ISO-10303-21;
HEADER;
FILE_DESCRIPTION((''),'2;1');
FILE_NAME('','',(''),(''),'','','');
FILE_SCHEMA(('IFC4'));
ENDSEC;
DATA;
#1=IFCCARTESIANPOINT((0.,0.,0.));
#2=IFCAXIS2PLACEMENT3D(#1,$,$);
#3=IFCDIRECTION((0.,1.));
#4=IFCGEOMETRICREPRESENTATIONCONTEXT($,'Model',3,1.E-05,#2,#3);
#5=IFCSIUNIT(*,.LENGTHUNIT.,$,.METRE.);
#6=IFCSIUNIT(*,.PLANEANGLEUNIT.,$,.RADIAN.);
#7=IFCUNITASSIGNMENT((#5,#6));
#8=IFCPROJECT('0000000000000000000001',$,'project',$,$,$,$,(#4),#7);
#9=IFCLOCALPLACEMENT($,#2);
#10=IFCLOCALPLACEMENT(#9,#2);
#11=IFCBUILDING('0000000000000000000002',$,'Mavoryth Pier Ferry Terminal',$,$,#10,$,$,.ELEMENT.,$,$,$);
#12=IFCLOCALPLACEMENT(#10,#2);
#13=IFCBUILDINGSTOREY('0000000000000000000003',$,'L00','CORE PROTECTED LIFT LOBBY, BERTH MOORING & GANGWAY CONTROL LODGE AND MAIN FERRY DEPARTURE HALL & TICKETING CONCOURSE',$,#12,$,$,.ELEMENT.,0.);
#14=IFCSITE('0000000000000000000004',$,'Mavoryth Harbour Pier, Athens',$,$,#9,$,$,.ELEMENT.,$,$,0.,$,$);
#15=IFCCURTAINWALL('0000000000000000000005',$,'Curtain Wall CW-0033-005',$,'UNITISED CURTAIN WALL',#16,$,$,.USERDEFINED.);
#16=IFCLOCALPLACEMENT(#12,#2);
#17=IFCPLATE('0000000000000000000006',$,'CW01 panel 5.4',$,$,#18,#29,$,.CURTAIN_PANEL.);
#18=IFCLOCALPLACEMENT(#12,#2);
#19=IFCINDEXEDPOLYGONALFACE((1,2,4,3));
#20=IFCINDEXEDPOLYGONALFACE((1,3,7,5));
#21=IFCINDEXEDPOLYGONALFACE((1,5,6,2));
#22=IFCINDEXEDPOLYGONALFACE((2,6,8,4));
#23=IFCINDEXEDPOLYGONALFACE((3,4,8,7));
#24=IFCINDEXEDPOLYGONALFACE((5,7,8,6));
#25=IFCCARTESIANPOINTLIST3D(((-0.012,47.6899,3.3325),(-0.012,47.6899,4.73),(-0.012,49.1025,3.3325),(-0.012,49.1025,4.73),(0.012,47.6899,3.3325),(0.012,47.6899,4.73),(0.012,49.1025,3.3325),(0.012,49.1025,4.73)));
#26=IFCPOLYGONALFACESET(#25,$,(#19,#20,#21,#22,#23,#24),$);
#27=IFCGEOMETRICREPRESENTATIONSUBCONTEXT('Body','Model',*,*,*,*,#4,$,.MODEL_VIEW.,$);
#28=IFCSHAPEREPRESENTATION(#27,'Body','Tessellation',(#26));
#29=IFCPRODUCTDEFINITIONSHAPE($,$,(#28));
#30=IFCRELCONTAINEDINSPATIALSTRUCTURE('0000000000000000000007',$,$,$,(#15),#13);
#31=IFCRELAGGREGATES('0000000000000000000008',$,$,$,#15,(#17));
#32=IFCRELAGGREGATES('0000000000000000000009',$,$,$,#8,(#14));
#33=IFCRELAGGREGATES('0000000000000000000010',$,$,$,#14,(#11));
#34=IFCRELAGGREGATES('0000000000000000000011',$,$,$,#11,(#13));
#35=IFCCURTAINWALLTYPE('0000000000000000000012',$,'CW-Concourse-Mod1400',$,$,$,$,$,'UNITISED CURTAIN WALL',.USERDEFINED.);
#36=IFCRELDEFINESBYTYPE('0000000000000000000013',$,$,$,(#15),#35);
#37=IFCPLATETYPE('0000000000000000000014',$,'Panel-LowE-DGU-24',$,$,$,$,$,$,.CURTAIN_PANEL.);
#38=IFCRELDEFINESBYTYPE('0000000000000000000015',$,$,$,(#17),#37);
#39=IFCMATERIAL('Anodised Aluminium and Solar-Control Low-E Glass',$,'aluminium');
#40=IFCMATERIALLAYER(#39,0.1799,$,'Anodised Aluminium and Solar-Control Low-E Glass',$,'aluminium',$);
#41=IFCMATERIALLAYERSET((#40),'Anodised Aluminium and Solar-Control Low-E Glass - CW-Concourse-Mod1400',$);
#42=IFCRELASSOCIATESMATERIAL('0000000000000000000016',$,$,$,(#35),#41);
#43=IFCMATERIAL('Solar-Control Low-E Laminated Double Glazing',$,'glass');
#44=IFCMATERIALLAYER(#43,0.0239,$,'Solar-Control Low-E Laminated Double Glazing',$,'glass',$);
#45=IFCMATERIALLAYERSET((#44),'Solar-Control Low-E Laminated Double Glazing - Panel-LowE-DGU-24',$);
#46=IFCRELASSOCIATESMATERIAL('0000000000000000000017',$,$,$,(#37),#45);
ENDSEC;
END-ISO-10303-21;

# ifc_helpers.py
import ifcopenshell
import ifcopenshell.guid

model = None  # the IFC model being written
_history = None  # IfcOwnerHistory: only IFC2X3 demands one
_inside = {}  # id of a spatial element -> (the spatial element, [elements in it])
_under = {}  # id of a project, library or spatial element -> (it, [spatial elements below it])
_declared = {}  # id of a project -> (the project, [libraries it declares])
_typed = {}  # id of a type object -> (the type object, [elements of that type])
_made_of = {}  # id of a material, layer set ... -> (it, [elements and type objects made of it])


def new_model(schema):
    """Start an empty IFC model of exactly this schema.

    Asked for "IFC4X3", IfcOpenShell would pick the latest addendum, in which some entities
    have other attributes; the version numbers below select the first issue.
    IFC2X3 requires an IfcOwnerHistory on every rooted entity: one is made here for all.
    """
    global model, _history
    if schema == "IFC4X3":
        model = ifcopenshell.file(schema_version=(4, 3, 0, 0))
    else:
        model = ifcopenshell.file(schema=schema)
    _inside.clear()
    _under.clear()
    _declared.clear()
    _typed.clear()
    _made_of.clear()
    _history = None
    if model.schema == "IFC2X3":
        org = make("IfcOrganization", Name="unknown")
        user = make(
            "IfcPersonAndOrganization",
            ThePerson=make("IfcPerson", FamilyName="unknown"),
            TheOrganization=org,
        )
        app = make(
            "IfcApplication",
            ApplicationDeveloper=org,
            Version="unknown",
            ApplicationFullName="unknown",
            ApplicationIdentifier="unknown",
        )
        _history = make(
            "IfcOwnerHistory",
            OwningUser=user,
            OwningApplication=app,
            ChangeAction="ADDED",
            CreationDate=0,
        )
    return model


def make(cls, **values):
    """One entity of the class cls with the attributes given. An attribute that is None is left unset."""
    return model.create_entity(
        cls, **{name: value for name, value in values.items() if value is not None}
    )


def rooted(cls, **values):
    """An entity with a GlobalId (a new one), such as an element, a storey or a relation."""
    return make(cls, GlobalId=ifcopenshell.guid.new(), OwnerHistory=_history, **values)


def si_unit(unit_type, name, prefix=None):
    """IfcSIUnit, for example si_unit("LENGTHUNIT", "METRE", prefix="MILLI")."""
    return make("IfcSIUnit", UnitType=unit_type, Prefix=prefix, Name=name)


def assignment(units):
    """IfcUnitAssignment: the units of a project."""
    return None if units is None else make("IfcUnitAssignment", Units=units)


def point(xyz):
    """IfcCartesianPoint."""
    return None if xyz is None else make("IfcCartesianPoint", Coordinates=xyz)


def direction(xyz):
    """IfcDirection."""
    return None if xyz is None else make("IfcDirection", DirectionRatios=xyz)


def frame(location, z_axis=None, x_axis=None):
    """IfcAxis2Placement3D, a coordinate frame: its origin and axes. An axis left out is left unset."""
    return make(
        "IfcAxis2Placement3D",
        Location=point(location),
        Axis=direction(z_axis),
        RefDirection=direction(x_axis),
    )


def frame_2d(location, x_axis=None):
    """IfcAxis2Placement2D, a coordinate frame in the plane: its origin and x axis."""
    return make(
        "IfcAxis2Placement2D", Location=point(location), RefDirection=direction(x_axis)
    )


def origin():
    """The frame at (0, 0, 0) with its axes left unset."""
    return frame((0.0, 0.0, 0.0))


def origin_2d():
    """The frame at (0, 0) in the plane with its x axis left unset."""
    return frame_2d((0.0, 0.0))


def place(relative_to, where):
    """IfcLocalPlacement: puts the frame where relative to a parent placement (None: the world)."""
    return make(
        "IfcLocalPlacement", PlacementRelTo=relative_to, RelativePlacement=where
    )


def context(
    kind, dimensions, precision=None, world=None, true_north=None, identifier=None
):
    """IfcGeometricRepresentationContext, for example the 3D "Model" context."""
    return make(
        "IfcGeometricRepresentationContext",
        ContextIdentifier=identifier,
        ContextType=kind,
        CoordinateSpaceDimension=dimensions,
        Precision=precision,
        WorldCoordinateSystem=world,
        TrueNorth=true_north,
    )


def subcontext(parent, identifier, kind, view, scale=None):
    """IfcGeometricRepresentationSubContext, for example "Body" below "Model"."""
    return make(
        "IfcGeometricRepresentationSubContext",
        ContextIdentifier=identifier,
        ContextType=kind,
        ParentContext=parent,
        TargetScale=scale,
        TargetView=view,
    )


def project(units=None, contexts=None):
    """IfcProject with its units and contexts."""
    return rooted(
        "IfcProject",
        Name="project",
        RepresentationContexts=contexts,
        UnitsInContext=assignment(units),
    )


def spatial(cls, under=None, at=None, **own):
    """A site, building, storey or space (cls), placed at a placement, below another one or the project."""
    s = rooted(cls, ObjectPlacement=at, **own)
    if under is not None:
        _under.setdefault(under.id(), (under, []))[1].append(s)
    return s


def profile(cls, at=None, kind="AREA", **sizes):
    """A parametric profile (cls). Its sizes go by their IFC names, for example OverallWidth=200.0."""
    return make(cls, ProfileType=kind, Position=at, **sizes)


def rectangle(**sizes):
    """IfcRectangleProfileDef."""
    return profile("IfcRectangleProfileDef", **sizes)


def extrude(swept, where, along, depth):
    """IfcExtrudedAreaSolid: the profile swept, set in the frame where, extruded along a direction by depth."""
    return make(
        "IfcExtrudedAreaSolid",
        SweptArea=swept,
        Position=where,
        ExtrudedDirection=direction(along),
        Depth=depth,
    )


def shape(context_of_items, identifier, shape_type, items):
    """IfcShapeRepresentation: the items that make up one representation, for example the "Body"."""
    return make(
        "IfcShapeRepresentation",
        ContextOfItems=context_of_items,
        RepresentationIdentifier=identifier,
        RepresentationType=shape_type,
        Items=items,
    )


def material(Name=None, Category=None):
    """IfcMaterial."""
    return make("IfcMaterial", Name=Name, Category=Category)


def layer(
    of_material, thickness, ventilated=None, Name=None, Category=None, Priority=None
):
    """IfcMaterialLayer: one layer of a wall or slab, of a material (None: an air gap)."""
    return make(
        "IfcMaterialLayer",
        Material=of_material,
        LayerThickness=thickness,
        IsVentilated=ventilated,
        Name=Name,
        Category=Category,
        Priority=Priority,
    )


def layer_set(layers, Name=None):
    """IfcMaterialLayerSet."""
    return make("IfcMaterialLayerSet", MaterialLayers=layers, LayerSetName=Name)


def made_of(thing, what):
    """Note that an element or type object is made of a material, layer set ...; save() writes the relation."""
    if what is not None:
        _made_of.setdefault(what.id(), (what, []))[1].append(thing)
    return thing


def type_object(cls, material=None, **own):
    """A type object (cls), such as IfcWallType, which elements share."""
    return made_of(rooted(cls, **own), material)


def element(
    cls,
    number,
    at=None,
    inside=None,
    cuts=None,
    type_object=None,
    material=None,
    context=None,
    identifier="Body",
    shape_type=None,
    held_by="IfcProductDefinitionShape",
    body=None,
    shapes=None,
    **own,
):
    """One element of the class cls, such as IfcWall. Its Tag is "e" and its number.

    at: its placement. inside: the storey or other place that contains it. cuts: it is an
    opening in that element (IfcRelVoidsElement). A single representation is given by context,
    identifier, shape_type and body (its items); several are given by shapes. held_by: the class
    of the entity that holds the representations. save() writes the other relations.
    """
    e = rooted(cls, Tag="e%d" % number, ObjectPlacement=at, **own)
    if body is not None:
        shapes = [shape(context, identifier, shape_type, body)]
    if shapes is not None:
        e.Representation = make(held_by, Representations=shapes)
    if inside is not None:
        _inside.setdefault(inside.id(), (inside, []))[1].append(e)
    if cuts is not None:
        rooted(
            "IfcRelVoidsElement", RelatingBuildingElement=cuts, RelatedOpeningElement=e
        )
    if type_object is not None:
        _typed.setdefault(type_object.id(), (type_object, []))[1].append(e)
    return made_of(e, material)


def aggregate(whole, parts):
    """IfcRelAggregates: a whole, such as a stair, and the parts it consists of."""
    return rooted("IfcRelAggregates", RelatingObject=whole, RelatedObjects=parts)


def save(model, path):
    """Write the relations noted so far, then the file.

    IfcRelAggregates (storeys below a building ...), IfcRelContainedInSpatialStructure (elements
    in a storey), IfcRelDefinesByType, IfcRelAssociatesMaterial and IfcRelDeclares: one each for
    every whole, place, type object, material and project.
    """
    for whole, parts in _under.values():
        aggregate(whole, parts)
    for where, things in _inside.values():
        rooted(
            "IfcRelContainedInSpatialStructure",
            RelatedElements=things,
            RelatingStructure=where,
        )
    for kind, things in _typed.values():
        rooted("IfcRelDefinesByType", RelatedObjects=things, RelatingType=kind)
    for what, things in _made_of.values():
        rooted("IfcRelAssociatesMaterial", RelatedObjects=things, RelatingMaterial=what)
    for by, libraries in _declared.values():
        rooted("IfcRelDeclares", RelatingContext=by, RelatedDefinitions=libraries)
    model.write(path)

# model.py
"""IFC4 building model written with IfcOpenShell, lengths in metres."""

from ifc_helpers import new_model, si_unit, direction, frame, origin, origin_2d, place, context, subcontext, project, spatial, rectangle, extrude, material, layer, layer_set, type_object, element, aggregate, save


model = new_model("IFC4")

# Units and contexts
model_context = context("Model", 3, precision=1e-05, world=origin(), true_north=direction((0.0, 1.0)))
body_context = subcontext(model_context, "Body", "Model", "MODEL_VIEW")
ifc_project = project(units=[si_unit("LENGTHUNIT", "METRE"), si_unit("PLANEANGLEUNIT", "RADIAN")], contexts=[model_context])

# Site, building, storey
site_placement = place(None, origin())
site = spatial("IfcSite", under=ifc_project, at=site_placement, Name="Mavoryth Harbour Pier, Athens", CompositionType="ELEMENT", RefElevation=0.0)
building_placement = place(site_placement, origin())
building = spatial("IfcBuilding", under=site, at=building_placement, Name="Mavoryth Pier Ferry Terminal", CompositionType="ELEMENT")
storey_placement = place(building_placement, origin())
storey = spatial("IfcBuildingStorey", under=building, at=storey_placement, Name="L00", Description="CORE PROTECTED LIFT LOBBY, BERTH MOORING & GANGWAY CONTROL LODGE AND MAIN FERRY DEPARTURE HALL & TICKETING CONCOURSE", CompositionType="ELEMENT", Elevation=0.0)

# Curtain wall, plate
ifc_material_1 = material(Name="Anodised Aluminium and Solar-Control Low-E Glass", Category="aluminium")
ifc_layer_1 = layer(ifc_material_1, 0.1799, Name="Anodised Aluminium and Solar-Control Low-E Glass", Category="aluminium")
ifc_layer_set_1 = layer_set([ifc_layer_1], Name="Anodised Aluminium and Solar-Control Low-E Glass - CW-Concourse-Mod1400")
curtain_wall_type = type_object("IfcCurtainWallType", Name="CW-Concourse-Mod1400", ElementType="UNITISED CURTAIN WALL", PredefinedType="USERDEFINED", material=ifc_layer_set_1)
curtain_wall_placement = place(storey_placement, origin())
curtain_wall = element("IfcCurtainWall", 1, at=curtain_wall_placement, inside=storey, type_object=curtain_wall_type, Name="Curtain Wall CW-0033-005", ObjectType="UNITISED CURTAIN WALL", PredefinedType="USERDEFINED")
ifc_material_2 = material(Name="Solar-Control Low-E Laminated Double Glazing", Category="glass")
ifc_layer_2 = layer(ifc_material_2, 0.0239, Name="Solar-Control Low-E Laminated Double Glazing", Category="glass")
ifc_layer_set_2 = layer_set([ifc_layer_2], Name="Solar-Control Low-E Laminated Double Glazing - Panel-LowE-DGU-24")
plate_type = type_object("IfcPlateType", Name="Panel-LowE-DGU-24", PredefinedType="CURTAIN_PANEL", material=ifc_layer_set_2)
plate_1_placement = place(storey_placement, frame((0.0, 48.3962, 3.3325), z_axis=(0.0, 0.0, 1.0), x_axis=(0.0, -1.0, 0.0)))
plate_1 = element("IfcPlate", 2, at=plate_1_placement, type_object=plate_type, Name="CW01 panel 5.4", PredefinedType="CURTAIN_PANEL", context=body_context, shape_type="SweptSolid", body=[
    extrude(rectangle(XDim=1.4126, YDim=0.0239, at=origin_2d()), origin(), (0.0, 0.0, 1.0), 1.3975),
])
aggregate(curtain_wall, [plate_1])

save(model, "model.ifc")
